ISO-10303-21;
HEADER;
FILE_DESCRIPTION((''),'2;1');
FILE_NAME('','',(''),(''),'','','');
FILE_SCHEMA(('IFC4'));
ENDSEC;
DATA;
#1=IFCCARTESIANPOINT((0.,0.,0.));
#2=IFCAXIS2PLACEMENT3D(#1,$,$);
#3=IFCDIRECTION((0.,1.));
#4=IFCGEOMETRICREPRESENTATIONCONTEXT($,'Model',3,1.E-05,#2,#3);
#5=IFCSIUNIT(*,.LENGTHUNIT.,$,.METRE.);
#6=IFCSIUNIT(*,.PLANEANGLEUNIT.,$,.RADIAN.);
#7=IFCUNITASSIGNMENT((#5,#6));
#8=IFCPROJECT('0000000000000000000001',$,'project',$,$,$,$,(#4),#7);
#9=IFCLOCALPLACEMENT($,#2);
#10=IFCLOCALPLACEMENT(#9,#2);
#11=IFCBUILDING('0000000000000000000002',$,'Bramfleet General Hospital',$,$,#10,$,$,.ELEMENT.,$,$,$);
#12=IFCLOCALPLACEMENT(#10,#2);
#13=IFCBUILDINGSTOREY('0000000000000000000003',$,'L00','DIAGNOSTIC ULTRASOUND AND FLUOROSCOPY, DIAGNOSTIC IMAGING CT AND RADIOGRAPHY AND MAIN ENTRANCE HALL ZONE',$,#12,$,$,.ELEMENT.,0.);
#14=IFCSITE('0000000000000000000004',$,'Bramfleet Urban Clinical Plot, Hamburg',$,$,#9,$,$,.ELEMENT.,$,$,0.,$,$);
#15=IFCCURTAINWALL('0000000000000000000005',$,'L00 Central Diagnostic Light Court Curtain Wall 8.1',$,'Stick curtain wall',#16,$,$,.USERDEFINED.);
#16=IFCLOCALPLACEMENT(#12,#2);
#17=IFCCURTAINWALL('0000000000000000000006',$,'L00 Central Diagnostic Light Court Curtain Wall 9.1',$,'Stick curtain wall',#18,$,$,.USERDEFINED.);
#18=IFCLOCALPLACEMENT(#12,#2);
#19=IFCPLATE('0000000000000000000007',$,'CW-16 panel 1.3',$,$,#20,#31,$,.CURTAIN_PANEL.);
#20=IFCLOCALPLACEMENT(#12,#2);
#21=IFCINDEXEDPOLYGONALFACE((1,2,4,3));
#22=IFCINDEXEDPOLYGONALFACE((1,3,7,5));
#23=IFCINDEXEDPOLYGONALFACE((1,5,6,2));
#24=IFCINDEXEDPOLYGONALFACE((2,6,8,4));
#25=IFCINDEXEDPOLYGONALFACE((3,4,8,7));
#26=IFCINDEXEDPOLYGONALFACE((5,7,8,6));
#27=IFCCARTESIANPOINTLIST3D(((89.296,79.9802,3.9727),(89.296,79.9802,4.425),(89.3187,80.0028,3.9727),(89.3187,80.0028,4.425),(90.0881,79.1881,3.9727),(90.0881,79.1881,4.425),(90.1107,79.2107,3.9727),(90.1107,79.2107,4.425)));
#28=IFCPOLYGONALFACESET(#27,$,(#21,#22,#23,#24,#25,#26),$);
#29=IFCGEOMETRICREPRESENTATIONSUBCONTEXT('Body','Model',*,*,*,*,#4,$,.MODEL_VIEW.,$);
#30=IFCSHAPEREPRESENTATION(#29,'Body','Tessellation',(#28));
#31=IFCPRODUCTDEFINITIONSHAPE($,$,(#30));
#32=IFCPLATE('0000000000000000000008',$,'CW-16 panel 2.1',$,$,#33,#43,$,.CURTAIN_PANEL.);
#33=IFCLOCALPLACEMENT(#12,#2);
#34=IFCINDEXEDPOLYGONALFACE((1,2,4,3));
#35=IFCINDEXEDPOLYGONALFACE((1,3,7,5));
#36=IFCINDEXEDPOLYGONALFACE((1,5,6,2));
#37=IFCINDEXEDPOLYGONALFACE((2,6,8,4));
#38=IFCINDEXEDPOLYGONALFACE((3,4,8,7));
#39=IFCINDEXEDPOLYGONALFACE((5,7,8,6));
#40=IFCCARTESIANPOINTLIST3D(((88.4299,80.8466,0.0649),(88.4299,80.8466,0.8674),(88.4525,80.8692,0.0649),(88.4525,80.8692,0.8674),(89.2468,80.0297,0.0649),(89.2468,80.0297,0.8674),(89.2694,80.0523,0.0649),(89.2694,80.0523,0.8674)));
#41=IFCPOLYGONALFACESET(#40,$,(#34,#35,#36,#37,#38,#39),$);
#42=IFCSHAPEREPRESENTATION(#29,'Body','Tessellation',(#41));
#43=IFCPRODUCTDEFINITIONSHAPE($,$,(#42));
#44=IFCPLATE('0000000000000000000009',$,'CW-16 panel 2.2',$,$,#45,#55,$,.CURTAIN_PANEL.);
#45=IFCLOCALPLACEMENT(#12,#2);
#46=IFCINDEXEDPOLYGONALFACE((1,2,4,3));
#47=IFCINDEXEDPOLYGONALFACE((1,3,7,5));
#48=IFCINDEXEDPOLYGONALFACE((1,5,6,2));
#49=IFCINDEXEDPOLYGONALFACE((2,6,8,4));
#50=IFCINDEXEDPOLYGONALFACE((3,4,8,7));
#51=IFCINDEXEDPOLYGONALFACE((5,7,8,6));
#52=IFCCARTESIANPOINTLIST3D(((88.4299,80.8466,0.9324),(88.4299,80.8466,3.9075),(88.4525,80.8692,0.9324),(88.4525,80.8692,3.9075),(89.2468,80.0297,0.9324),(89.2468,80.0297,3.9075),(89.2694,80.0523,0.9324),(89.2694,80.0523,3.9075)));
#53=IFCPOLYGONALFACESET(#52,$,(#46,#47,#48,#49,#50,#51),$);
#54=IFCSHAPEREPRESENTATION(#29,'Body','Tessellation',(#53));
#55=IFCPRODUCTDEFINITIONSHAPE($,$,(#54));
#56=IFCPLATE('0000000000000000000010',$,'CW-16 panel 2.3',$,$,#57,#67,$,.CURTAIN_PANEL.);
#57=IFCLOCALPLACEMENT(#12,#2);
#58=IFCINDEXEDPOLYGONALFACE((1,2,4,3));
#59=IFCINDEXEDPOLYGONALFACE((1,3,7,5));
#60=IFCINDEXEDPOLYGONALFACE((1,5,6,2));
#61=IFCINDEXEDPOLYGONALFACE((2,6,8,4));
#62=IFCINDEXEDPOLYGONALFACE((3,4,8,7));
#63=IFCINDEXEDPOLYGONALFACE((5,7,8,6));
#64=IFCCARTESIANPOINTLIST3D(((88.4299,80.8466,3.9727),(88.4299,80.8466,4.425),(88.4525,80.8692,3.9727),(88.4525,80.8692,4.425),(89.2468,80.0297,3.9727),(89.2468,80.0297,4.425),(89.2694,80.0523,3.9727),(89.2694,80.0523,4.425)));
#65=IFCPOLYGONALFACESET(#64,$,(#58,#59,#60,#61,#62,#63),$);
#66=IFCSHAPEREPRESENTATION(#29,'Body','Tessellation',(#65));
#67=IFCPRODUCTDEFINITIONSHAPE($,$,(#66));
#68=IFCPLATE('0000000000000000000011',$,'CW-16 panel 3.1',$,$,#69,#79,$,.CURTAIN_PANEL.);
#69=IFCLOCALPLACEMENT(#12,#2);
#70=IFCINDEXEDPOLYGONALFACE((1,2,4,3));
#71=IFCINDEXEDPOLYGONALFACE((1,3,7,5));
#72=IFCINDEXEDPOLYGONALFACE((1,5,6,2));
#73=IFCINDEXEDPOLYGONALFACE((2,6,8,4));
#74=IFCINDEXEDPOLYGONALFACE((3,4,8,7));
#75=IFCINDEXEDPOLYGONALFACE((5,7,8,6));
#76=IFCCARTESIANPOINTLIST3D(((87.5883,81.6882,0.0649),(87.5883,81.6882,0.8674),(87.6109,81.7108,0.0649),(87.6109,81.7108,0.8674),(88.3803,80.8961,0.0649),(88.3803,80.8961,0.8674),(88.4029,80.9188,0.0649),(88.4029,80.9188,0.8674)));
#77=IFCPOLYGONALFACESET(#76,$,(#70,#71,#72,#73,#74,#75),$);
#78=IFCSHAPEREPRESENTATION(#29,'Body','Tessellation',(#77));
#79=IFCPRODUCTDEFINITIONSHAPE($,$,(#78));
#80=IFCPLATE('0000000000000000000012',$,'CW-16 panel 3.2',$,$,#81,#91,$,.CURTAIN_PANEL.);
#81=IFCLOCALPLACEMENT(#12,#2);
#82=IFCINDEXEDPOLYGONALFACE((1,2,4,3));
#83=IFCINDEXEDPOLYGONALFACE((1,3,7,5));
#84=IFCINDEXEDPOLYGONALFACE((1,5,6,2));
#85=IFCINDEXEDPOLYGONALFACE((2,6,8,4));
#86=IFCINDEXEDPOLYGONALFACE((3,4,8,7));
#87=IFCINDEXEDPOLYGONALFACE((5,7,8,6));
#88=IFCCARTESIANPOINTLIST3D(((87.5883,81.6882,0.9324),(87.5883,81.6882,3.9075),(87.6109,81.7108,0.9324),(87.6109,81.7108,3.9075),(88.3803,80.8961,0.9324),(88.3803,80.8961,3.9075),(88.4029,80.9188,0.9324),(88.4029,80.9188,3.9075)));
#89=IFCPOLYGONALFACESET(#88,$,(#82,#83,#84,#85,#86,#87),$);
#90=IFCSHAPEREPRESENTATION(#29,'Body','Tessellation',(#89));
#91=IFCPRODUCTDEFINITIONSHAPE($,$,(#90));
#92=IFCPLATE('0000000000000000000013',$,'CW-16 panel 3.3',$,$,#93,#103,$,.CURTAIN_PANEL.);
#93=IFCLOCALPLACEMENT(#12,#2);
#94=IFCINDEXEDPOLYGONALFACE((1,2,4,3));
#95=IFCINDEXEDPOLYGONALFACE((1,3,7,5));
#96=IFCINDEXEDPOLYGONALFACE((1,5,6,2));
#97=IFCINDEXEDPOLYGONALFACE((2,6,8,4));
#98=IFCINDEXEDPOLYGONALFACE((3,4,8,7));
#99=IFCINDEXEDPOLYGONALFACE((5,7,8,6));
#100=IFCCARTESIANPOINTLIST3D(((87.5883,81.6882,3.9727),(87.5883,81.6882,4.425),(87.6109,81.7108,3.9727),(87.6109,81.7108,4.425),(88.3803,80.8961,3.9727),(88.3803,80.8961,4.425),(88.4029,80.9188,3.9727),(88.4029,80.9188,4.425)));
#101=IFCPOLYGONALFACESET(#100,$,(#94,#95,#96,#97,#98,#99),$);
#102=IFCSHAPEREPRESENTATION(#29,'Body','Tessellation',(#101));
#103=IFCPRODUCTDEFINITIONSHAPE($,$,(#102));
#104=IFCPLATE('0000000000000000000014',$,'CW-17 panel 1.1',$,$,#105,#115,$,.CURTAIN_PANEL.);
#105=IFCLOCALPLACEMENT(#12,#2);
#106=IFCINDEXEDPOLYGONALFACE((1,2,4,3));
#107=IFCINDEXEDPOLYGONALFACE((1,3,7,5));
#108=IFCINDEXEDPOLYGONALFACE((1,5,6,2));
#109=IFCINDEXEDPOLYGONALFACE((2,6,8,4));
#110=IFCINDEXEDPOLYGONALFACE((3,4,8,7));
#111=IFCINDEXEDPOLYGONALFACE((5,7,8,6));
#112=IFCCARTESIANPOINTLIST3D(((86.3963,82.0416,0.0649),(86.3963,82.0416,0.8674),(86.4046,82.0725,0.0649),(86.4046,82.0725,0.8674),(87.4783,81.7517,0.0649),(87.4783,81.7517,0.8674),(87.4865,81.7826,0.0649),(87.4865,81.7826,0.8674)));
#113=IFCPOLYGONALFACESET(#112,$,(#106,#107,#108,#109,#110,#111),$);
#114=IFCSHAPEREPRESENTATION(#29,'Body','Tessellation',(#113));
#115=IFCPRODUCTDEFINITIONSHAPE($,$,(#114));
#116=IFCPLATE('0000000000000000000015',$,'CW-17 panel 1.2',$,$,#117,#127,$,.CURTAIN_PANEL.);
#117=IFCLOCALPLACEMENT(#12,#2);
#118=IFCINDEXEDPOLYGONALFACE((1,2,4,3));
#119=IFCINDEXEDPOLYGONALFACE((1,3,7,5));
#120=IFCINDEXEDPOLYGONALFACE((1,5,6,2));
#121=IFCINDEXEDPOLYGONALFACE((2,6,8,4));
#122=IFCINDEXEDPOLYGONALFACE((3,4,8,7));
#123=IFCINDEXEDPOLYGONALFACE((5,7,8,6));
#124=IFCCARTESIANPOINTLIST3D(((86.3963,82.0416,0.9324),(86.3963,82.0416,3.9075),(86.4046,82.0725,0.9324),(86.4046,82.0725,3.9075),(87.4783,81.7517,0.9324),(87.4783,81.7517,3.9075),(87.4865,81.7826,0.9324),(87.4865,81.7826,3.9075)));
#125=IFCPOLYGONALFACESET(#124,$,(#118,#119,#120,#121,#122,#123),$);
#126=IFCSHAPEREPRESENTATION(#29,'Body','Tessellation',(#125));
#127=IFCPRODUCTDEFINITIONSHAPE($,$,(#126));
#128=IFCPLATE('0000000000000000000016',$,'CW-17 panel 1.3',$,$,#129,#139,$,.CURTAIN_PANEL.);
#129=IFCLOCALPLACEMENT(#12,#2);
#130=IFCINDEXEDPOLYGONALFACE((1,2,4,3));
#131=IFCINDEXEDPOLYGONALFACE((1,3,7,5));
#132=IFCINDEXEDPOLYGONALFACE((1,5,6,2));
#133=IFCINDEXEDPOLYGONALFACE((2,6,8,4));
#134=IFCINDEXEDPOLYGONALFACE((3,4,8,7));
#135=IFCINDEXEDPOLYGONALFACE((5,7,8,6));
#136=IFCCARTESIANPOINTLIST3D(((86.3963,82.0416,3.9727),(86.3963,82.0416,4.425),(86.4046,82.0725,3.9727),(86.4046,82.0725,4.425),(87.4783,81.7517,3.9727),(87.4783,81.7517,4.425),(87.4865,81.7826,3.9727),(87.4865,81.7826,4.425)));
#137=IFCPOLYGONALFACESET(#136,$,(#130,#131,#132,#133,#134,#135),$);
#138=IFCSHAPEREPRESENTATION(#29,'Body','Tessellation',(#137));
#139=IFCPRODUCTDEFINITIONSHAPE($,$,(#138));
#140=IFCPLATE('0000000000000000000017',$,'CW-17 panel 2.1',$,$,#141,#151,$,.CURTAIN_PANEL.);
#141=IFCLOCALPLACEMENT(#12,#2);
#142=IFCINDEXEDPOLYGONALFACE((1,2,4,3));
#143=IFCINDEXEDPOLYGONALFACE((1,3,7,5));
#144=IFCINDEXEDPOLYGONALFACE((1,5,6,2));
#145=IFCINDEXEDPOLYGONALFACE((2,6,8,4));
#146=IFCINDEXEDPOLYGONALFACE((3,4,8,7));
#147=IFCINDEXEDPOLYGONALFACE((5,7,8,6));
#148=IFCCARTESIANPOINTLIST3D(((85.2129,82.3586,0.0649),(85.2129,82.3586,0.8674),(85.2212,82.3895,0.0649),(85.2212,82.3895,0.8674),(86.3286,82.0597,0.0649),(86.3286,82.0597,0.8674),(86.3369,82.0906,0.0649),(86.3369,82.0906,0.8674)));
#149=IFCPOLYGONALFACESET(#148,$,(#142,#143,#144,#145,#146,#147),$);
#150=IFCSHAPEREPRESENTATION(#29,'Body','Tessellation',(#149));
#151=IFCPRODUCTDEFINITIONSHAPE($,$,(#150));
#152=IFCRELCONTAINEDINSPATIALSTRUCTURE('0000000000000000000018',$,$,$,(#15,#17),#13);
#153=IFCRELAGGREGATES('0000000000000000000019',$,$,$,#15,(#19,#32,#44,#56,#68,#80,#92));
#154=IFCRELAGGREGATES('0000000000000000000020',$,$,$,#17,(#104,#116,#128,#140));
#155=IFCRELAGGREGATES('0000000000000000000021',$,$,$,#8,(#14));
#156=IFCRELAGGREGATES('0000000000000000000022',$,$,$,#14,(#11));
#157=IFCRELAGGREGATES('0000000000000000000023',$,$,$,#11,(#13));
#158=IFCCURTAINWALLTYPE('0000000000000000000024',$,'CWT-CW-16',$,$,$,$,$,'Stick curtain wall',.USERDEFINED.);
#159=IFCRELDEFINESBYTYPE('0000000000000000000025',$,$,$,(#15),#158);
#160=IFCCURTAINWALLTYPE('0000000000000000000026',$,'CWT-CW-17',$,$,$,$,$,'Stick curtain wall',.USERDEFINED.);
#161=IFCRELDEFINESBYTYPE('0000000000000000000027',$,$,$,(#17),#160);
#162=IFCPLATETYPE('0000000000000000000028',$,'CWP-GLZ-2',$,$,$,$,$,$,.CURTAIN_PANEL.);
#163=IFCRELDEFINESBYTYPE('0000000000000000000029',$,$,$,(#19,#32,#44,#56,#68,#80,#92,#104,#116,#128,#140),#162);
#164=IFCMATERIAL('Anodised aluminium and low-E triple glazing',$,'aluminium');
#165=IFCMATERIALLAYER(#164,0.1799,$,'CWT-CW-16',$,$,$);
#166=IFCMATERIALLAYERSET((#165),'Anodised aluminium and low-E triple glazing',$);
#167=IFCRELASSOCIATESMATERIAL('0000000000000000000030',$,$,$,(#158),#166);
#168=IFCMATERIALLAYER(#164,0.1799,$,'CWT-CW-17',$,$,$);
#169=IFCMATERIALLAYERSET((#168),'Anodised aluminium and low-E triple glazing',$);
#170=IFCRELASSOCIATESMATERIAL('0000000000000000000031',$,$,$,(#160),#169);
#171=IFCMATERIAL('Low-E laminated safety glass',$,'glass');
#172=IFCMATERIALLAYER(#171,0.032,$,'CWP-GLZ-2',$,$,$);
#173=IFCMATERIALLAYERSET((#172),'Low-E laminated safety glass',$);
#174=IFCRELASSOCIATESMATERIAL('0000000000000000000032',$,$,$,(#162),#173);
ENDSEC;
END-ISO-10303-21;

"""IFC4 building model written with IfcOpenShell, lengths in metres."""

from ifc_helpers import new_model, si_unit, direction, frame, origin, origin_2d, place, context, subcontext, project, spatial, rectangle, extrude, material, layer, layer_set, type_object, element, aggregate, save


model = new_model("IFC4")

# Units and contexts
model_context = context("Model", 3, precision=1e-05, world=origin(), true_north=direction((0.0, 1.0)))
body_context = subcontext(model_context, "Body", "Model", "MODEL_VIEW")
ifc_project = project(units=[si_unit("LENGTHUNIT", "METRE"), si_unit("PLANEANGLEUNIT", "RADIAN")], contexts=[model_context])

# Site, building, storey
site_placement = place(None, origin())
site = spatial("IfcSite", under=ifc_project, at=site_placement, Name="Bramfleet Urban Clinical Plot, Hamburg", CompositionType="ELEMENT", RefElevation=0.0)
building_placement = place(site_placement, origin())
building = spatial("IfcBuilding", under=site, at=building_placement, Name="Bramfleet General Hospital", CompositionType="ELEMENT")
storey_placement = place(building_placement, origin())
storey = spatial("IfcBuildingStorey", under=building, at=storey_placement, Name="L00", Description="DIAGNOSTIC ULTRASOUND AND FLUOROSCOPY, DIAGNOSTIC IMAGING CT AND RADIOGRAPHY AND MAIN ENTRANCE HALL ZONE", CompositionType="ELEMENT", Elevation=0.0)

# Curtain walls
ifc_material_1 = material(Name="Anodised aluminium and low-E triple glazing", Category="aluminium")
ifc_layer_1 = layer(ifc_material_1, 0.1799, Name="CWT-CW-16")
ifc_layer_set_1 = layer_set([ifc_layer_1], Name="Anodised aluminium and low-E triple glazing")
curtain_wall_type_1 = type_object("IfcCurtainWallType", Name="CWT-CW-16", ElementType="Stick curtain wall", PredefinedType="USERDEFINED", material=ifc_layer_set_1)
curtain_wall_1_placement = place(storey_placement, origin())
curtain_wall_1 = element("IfcCurtainWall", 1, at=curtain_wall_1_placement, inside=storey, type_object=curtain_wall_type_1, Name="L00 Central Diagnostic Light Court Curtain Wall 8.1", ObjectType="Stick curtain wall", PredefinedType="USERDEFINED")
ifc_layer_2 = layer(ifc_material_1, 0.1799, Name="CWT-CW-17")
ifc_layer_set_2 = layer_set([ifc_layer_2], Name="Anodised aluminium and low-E triple glazing")
curtain_wall_type_2 = type_object("IfcCurtainWallType", Name="CWT-CW-17", ElementType="Stick curtain wall", PredefinedType="USERDEFINED", material=ifc_layer_set_2)
curtain_wall_2_placement = place(storey_placement, origin())
curtain_wall_2 = element("IfcCurtainWall", 2, at=curtain_wall_2_placement, inside=storey, type_object=curtain_wall_type_2, Name="L00 Central Diagnostic Light Court Curtain Wall 9.1", ObjectType="Stick curtain wall", PredefinedType="USERDEFINED")

# Plates
ifc_material_2 = material(Name="Low-E laminated safety glass", Category="glass")
ifc_layer_3 = layer(ifc_material_2, 0.032, Name="CWP-GLZ-2")
ifc_layer_set_3 = layer_set([ifc_layer_3], Name="Low-E laminated safety glass")
plate_type = type_object("IfcPlateType", Name="CWP-GLZ-2", PredefinedType="CURTAIN_PANEL", material=ifc_layer_set_3)
plate_1_placement = place(storey_placement, frame((89.7034, 79.5955, 3.9727), z_axis=(0.0, 0.0, 1.0), x_axis=(-0.707107, 0.707107, 0.0)))
plate_1 = element("IfcPlate", 3, at=plate_1_placement, type_object=plate_type, Name="CW-16 panel 1.3", PredefinedType="CURTAIN_PANEL", context=body_context, shape_type="SweptSolid", body=[
    extrude(rectangle(XDim=1.1201, YDim=0.032, at=origin_2d()), origin(), (0.0, 0.0, 1.0), 0.4524),
])
plate_2_placement = place(storey_placement, frame((88.8496, 80.4495, 0.0649), z_axis=(0.0, 0.0, 1.0), x_axis=(-0.707107, 0.707107, 0.0)))
plate_2 = element("IfcPlate", 4, at=plate_2_placement, type_object=plate_type, Name="CW-16 panel 2.1", PredefinedType="CURTAIN_PANEL", context=body_context, shape_type="SweptSolid", body=[
    extrude(rectangle(XDim=1.1553, YDim=0.032, at=origin_2d()), origin(), (0.0, 0.0, 1.0), 0.8025),
])
plate_3_placement = place(storey_placement, frame((88.8496, 80.4495, 0.9324), z_axis=(0.0, 0.0, 1.0), x_axis=(-0.707107, 0.707107, 0.0)))
plate_3 = element("IfcPlate", 5, at=plate_3_placement, type_object=plate_type, Name="CW-16 panel 2.2", PredefinedType="CURTAIN_PANEL", context=body_context, shape_type="SweptSolid", body=[
    extrude(rectangle(XDim=1.1553, YDim=0.032, at=origin_2d()), origin(), (0.0, 0.0, 1.0), 2.9751),
])
plate_4_placement = place(storey_placement, frame((88.8496, 80.4495, 3.9727), z_axis=(0.0, 0.0, 1.0), x_axis=(-0.707107, 0.707107, 0.0)))
plate_4 = element("IfcPlate", 6, at=plate_4_placement, type_object=plate_type, Name="CW-16 panel 2.3", PredefinedType="CURTAIN_PANEL", context=body_context, shape_type="SweptSolid", body=[
    extrude(rectangle(XDim=1.1553, YDim=0.032, at=origin_2d()), origin(), (0.0, 0.0, 1.0), 0.4524),
])
plate_5_placement = place(storey_placement, frame((87.9956, 81.3035, 0.0649), z_axis=(0.0, 0.0, 1.0), x_axis=(-0.707107, 0.707107, 0.0)))
plate_5 = element("IfcPlate", 7, at=plate_5_placement, type_object=plate_type, Name="CW-16 panel 3.1", PredefinedType="CURTAIN_PANEL", context=body_context, shape_type="SweptSolid", body=[
    extrude(rectangle(XDim=1.1201, YDim=0.032, at=origin_2d()), origin(), (0.0, 0.0, 1.0), 0.8025),
])
plate_6_placement = place(storey_placement, frame((87.9956, 81.3035, 0.9324), z_axis=(0.0, 0.0, 1.0), x_axis=(-0.707107, 0.707107, 0.0)))
plate_6 = element("IfcPlate", 8, at=plate_6_placement, type_object=plate_type, Name="CW-16 panel 3.2", PredefinedType="CURTAIN_PANEL", context=body_context, shape_type="SweptSolid", body=[
    extrude(rectangle(XDim=1.1201, YDim=0.032, at=origin_2d()), origin(), (0.0, 0.0, 1.0), 2.9751),
])
plate_7_placement = place(storey_placement, frame((87.9956, 81.3035, 3.9727), z_axis=(0.0, 0.0, 1.0), x_axis=(-0.707107, 0.707107, 0.0)))
plate_7 = element("IfcPlate", 9, at=plate_7_placement, type_object=plate_type, Name="CW-16 panel 3.3", PredefinedType="CURTAIN_PANEL", context=body_context, shape_type="SweptSolid", body=[
    extrude(rectangle(XDim=1.1201, YDim=0.032, at=origin_2d()), origin(), (0.0, 0.0, 1.0), 0.4524),
])
aggregate(curtain_wall_1, [plate_1, plate_2, plate_3, plate_4, plate_5, plate_6, plate_7])
plate_8_placement = place(storey_placement, frame((86.9414, 81.9121, 0.0649), z_axis=(0.0, 0.0, 1.0), x_axis=(-0.965941, 0.258763, 0.0)))
plate_8 = element("IfcPlate", 10, at=plate_8_placement, type_object=plate_type, Name="CW-17 panel 1.1", PredefinedType="CURTAIN_PANEL", context=body_context, shape_type="SweptSolid", body=[
    extrude(rectangle(XDim=1.1201, YDim=0.032, at=origin_2d()), origin(), (0.0, 0.0, 1.0), 0.8025),
])
plate_9_placement = place(storey_placement, frame((86.9414, 81.9121, 0.9324), z_axis=(0.0, 0.0, 1.0), x_axis=(-0.965941, 0.258763, 0.0)))
plate_9 = element("IfcPlate", 11, at=plate_9_placement, type_object=plate_type, Name="CW-17 panel 1.2", PredefinedType="CURTAIN_PANEL", context=body_context, shape_type="SweptSolid", body=[
    extrude(rectangle(XDim=1.1201, YDim=0.032, at=origin_2d()), origin(), (0.0, 0.0, 1.0), 2.9751),
])
plate_10_placement = place(storey_placement, frame((86.9414, 81.9121, 3.9727), z_axis=(0.0, 0.0, 1.0), x_axis=(-0.965941, 0.258763, 0.0)))
plate_10 = element("IfcPlate", 12, at=plate_10_placement, type_object=plate_type, Name="CW-17 panel 1.3", PredefinedType="CURTAIN_PANEL", context=body_context, shape_type="SweptSolid", body=[
    extrude(rectangle(XDim=1.1201, YDim=0.032, at=origin_2d()), origin(), (0.0, 0.0, 1.0), 0.4524),
])
plate_11_placement = place(storey_placement, frame((85.7749, 82.2246, 0.0649), z_axis=(0.0, 0.0, 1.0), x_axis=(-0.965941, 0.258763, 0.0)))
plate_11 = element("IfcPlate", 13, at=plate_11_placement, type_object=plate_type, Name="CW-17 panel 2.1", PredefinedType="CURTAIN_PANEL", context=body_context, shape_type="SweptSolid", body=[
    extrude(rectangle(XDim=1.155, YDim=0.032, at=origin_2d()), origin(), (0.0, 0.0, 1.0), 0.8025),
])
aggregate(curtain_wall_2, [plate_8, plate_9, plate_10, plate_11])

save(model, "model.ifc")
